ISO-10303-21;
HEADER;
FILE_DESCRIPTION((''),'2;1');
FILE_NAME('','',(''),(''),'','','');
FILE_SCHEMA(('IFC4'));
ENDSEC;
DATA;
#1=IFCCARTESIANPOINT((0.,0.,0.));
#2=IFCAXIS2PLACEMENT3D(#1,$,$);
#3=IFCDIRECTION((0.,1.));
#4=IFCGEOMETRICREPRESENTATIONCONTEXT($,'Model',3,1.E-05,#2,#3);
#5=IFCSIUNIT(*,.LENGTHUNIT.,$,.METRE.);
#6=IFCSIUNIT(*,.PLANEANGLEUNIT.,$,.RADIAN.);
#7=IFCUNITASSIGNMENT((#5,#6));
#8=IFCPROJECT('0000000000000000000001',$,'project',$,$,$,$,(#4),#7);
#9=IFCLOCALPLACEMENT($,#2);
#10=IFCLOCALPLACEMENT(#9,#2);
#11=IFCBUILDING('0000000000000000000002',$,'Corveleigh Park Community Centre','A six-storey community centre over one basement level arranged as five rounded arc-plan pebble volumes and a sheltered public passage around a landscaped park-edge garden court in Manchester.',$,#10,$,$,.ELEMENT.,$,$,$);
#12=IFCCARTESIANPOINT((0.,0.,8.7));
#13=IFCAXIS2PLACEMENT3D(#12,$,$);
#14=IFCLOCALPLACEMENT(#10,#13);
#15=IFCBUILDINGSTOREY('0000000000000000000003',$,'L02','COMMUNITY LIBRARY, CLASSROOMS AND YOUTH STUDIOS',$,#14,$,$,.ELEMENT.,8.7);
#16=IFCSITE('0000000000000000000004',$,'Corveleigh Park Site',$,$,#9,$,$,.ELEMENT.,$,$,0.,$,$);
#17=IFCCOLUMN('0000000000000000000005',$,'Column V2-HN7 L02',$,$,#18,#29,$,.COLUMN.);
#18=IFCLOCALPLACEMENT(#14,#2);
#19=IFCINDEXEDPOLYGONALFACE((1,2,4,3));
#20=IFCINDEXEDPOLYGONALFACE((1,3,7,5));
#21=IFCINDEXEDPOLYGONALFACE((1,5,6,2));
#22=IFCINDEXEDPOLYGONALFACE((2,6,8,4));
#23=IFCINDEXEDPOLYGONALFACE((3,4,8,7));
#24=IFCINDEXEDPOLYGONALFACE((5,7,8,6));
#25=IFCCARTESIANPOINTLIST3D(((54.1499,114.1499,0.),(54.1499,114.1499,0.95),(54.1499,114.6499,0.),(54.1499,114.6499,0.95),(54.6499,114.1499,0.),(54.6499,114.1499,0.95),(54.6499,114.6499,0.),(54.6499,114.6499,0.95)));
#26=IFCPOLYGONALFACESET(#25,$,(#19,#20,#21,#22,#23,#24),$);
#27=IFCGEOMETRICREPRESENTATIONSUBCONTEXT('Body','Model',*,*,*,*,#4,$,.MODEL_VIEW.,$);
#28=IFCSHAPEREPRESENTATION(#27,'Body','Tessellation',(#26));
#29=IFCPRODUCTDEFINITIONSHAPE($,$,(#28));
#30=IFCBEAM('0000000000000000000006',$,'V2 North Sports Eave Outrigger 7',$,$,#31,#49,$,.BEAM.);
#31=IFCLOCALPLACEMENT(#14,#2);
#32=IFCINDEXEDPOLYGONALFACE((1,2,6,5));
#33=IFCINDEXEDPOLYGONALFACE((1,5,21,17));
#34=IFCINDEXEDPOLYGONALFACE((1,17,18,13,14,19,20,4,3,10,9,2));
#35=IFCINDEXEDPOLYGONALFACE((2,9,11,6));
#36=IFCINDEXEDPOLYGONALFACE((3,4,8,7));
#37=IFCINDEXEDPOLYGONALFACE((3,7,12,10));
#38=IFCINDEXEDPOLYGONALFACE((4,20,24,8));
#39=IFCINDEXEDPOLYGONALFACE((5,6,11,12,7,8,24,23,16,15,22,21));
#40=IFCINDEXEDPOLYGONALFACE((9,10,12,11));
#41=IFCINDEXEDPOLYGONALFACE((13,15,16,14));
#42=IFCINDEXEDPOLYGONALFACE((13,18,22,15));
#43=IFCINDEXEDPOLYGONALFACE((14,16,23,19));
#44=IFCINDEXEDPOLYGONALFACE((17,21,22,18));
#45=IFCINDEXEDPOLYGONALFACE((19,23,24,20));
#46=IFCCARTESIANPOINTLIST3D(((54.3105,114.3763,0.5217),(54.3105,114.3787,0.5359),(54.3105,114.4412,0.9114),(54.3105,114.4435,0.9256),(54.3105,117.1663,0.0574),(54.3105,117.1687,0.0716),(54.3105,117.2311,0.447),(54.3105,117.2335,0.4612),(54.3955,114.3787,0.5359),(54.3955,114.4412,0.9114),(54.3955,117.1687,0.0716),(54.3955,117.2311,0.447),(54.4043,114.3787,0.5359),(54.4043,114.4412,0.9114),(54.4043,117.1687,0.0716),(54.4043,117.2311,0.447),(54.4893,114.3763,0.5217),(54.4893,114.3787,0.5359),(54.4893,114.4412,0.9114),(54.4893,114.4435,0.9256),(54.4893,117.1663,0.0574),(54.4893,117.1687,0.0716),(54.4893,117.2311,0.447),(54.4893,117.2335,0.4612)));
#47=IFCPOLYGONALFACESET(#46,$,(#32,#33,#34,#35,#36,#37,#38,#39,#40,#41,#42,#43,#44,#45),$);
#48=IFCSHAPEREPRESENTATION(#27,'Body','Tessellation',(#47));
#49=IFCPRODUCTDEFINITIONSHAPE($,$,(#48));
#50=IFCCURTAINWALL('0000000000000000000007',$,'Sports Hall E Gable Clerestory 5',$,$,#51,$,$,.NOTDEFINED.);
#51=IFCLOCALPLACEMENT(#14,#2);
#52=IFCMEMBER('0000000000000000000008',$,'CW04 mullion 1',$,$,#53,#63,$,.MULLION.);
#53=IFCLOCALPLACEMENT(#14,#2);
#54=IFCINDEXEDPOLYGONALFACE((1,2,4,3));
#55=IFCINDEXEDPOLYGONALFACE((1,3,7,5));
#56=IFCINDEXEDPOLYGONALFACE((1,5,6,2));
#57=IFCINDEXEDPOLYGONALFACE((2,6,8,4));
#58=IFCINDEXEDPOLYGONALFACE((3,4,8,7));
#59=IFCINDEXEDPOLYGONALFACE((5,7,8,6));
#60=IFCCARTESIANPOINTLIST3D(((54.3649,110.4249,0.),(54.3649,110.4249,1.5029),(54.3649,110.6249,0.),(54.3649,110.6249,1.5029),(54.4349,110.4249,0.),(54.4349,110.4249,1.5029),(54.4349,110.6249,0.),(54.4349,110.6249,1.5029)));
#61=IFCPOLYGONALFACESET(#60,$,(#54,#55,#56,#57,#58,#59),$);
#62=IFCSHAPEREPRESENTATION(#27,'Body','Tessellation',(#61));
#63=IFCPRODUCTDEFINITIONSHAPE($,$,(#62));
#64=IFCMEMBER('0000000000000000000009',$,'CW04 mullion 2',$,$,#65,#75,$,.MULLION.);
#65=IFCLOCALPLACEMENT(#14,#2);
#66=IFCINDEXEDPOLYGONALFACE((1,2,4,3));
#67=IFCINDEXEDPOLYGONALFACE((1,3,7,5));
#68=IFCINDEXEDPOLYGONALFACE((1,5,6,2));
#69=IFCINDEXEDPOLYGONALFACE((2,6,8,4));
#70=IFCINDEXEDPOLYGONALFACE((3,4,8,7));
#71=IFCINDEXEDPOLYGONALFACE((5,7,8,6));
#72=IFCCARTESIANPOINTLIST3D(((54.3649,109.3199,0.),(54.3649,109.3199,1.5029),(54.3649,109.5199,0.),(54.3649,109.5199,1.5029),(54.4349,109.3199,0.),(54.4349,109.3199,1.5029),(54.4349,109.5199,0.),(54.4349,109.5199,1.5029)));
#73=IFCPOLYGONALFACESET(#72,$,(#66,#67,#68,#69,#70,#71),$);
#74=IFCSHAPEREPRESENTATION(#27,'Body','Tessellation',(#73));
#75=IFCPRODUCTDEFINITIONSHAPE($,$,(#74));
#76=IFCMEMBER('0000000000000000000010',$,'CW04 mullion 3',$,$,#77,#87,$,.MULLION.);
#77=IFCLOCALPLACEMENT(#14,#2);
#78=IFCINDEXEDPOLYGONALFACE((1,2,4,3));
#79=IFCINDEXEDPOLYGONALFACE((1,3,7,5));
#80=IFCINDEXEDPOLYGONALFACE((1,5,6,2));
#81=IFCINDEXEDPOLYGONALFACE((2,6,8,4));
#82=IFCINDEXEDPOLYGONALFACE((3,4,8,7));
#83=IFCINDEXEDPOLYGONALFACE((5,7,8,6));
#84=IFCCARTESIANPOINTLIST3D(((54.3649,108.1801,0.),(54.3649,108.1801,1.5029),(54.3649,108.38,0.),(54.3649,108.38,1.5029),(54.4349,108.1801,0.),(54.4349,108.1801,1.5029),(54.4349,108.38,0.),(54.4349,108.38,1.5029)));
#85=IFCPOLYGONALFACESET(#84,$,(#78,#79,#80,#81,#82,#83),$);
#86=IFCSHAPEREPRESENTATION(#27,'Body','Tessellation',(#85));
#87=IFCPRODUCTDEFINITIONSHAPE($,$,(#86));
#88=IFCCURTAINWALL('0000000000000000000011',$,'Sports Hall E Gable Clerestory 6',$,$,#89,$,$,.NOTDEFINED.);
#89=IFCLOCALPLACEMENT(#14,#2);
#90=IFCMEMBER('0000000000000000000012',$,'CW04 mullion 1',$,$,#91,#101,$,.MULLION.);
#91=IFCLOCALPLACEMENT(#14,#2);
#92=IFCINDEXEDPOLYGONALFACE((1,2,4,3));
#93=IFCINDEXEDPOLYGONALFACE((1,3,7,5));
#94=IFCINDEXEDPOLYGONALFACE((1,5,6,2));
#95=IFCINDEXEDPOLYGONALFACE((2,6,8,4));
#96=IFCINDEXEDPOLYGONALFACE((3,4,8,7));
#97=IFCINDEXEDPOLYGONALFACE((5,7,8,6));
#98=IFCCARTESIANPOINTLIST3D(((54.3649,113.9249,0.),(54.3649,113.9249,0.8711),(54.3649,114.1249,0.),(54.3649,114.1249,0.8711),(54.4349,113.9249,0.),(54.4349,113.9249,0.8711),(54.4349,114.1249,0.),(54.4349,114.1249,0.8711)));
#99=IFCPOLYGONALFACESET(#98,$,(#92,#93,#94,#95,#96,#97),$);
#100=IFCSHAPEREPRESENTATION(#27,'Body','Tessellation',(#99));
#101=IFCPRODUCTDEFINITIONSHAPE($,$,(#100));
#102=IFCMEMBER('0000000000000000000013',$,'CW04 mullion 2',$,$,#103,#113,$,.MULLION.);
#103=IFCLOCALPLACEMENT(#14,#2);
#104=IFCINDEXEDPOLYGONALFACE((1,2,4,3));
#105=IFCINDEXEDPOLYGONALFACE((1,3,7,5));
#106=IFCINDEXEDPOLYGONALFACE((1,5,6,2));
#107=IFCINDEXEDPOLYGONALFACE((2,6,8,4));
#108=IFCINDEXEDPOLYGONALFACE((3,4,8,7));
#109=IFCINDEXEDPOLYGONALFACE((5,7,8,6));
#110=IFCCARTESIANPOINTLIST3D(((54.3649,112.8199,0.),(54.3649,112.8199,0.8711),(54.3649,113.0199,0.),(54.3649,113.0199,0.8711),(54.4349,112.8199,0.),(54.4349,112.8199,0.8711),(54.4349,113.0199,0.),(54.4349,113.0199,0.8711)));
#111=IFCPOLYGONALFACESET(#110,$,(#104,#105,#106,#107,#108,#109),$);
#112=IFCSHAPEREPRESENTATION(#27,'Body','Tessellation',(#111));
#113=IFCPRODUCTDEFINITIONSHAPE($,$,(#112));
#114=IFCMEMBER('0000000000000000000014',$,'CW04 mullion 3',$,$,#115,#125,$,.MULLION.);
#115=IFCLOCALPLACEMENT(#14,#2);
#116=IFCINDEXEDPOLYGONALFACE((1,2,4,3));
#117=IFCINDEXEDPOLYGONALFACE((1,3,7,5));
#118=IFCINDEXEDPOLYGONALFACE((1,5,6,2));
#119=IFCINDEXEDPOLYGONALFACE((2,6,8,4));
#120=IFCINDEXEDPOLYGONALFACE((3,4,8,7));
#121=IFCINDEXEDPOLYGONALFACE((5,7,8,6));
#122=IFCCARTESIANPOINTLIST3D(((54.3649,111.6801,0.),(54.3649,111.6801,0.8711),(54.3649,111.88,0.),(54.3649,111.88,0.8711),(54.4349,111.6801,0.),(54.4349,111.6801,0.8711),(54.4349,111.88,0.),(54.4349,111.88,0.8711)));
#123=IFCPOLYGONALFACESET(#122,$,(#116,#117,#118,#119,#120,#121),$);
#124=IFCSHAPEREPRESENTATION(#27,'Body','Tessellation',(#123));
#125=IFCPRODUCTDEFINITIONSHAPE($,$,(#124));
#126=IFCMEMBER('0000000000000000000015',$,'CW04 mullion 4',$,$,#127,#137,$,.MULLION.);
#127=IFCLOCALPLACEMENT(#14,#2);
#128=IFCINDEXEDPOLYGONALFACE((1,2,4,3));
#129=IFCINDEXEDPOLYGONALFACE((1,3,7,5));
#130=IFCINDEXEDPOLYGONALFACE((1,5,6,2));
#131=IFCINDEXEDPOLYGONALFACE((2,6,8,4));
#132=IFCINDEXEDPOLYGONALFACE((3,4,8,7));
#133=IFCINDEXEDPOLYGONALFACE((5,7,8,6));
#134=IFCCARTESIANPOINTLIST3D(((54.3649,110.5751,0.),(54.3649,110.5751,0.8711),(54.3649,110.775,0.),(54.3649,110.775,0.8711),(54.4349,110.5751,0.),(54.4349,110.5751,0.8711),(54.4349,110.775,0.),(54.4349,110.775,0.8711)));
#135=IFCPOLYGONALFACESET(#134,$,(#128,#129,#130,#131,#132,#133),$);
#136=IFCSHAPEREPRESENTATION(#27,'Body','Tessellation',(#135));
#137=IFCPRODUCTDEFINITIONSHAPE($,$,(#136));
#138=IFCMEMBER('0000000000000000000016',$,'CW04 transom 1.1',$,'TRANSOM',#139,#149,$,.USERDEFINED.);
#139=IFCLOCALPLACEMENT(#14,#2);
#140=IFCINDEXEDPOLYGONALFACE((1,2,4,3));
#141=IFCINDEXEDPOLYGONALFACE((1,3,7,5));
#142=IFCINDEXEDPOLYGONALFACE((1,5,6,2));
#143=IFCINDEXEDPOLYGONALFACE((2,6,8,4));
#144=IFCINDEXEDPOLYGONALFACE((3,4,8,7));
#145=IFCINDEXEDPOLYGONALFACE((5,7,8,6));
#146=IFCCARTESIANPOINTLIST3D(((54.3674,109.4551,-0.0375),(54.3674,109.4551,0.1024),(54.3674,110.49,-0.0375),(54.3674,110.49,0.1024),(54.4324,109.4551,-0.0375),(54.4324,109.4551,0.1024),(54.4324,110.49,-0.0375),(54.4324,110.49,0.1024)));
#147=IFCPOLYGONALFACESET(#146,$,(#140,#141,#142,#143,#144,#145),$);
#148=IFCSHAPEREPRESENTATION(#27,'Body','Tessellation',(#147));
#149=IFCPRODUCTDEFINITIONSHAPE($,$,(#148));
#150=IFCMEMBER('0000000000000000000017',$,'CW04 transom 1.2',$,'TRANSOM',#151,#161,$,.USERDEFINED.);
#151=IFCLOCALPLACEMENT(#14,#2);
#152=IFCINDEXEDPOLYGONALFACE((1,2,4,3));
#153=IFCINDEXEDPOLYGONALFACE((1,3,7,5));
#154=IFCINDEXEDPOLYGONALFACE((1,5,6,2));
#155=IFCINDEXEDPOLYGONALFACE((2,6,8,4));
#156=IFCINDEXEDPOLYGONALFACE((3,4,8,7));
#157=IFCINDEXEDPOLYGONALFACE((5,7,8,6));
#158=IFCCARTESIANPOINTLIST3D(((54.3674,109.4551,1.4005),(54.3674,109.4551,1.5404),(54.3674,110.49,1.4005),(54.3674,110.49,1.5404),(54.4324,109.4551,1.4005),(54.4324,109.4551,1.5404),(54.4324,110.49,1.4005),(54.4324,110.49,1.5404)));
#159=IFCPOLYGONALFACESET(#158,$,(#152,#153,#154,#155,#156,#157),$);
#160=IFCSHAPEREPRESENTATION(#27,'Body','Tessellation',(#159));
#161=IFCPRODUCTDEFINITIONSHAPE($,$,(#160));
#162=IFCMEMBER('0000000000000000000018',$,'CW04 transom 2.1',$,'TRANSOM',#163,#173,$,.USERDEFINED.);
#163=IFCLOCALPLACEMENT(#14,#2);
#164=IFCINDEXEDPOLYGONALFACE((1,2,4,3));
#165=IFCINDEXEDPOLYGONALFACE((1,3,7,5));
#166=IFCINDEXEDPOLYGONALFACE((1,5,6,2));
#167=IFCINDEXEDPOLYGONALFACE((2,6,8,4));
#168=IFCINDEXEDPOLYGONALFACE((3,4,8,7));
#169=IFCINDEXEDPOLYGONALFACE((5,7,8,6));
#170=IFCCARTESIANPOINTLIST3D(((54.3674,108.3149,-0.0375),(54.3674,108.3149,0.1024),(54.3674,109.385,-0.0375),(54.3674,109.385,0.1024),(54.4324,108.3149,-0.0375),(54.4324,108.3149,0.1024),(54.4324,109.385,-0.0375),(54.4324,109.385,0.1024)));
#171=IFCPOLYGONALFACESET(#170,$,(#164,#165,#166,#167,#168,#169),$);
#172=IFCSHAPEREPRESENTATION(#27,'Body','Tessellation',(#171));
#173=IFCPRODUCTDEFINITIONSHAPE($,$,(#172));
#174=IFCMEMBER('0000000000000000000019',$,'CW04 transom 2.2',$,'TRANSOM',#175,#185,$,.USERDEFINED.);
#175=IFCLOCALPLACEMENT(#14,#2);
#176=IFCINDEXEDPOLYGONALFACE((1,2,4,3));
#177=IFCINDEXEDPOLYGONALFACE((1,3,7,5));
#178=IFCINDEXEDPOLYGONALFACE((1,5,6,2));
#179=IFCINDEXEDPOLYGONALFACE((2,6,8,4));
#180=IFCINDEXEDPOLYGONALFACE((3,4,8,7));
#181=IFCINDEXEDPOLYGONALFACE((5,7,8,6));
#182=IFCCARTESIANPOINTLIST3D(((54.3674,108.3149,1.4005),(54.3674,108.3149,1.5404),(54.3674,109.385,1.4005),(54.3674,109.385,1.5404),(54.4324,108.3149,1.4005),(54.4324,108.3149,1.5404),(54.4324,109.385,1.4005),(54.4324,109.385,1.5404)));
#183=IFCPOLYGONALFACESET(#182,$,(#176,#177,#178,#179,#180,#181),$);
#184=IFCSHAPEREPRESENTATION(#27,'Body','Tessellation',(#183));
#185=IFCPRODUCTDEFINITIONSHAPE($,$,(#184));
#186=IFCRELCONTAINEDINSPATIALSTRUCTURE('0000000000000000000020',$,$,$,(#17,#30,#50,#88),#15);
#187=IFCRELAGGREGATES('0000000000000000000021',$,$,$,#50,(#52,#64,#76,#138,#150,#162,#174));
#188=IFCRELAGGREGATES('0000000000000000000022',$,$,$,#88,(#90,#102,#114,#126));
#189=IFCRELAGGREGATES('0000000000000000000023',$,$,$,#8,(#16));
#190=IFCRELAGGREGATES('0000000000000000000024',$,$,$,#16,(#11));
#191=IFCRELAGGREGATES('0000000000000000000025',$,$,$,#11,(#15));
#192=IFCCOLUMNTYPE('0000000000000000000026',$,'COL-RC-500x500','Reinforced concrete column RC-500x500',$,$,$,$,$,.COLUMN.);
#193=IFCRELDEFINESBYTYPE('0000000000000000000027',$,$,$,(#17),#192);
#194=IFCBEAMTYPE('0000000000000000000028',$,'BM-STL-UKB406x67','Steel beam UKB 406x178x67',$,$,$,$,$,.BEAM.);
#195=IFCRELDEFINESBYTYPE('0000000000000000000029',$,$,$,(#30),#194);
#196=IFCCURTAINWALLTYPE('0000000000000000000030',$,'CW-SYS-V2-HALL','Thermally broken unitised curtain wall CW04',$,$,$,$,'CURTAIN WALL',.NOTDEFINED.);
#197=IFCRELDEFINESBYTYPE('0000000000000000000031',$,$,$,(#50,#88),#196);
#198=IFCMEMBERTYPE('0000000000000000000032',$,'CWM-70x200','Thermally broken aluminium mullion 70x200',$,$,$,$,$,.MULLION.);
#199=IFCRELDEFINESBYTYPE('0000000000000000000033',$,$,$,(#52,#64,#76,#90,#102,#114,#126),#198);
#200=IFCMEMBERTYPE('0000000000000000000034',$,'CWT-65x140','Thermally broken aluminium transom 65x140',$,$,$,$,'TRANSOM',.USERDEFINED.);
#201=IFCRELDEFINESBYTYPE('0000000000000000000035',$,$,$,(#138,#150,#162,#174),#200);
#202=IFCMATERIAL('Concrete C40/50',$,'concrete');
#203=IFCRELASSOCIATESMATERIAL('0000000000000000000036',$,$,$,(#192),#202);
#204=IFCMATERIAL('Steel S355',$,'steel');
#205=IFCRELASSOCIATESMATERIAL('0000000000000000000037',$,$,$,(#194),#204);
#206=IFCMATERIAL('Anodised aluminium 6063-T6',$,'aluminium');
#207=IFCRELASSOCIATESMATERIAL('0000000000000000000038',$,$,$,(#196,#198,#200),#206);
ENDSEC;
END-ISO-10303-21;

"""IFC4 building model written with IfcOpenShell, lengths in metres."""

from ifc_helpers import new_model, si_unit, direction, frame, origin, origin_2d, place, context, subcontext, project, spatial, rectangle, i_section, extrude, material, material_profile, profile_set, type_object, element, aggregate, save


model = new_model("IFC4")

# Units and contexts
model_context = context("Model", 3, precision=1e-05, world=origin(), true_north=direction((0.0, 1.0)))
body_context = subcontext(model_context, "Body", "Model", "MODEL_VIEW")
ifc_project = project(units=[si_unit("LENGTHUNIT", "METRE"), si_unit("PLANEANGLEUNIT", "RADIAN")], contexts=[model_context])

# Site, building, storey
site_placement = place(None, origin())
site = spatial("IfcSite", under=ifc_project, at=site_placement, Name="Corveleigh Park Site", CompositionType="ELEMENT", RefElevation=0.0)
building_placement = place(site_placement, origin())
building = spatial("IfcBuilding", under=site, at=building_placement, Name="Corveleigh Park Community Centre", Description="A six-storey community centre over one basement level arranged as five rounded arc-plan pebble volumes and a sheltered public passage around a landscaped park-edge garden court in Manchester.", CompositionType="ELEMENT")
storey_placement = place(building_placement, frame((0.0, 0.0, 8.7)))
storey = spatial("IfcBuildingStorey", under=building, at=storey_placement, Name="L02", Description="COMMUNITY LIBRARY, CLASSROOMS AND YOUTH STUDIOS", CompositionType="ELEMENT", Elevation=8.7)

# Column
ifc_material_1 = material(Name="Concrete C40/50", Category="concrete")
ifc_material_profile_1 = material_profile(ifc_material_1, rectangle(XDim=0.5, YDim=0.5, at=origin_2d()), Name="RC-500x500", Category="concrete")
ifc_profile_set_1 = profile_set([ifc_material_profile_1], Name="Concrete C40/50")
column_type = type_object("IfcColumnType", Name="COL-RC-500x500", Description="Reinforced concrete column RC-500x500", PredefinedType="COLUMN", material=ifc_profile_set_1)
column_placement = place(storey_placement, frame((54.3999, 114.3999, 0.0), z_axis=(0.0, 0.0, 1.0), x_axis=(1.0, 0.0, 0.0)))
element("IfcColumn", 1, at=column_placement, inside=storey, type_object=column_type, Name="Column V2-HN7 L02", PredefinedType="COLUMN", context=body_context, shape_type="SweptSolid", body=[
    extrude(rectangle(XDim=0.5, YDim=0.5, at=origin_2d()), origin(), (0.0, 0.0, 1.0), 0.95),
])

# Beam
ifc_material_2 = material(Name="Steel S355", Category="steel")
ifc_material_profile_2 = material_profile(ifc_material_2, i_section(OverallWidth=0.1787, OverallDepth=0.4094, WebThickness=0.0088, FlangeThickness=0.0144, at=origin_2d()), Name="UKB 406x178x67", Category="steel")
ifc_profile_set_2 = profile_set([ifc_material_profile_2], Name="Steel S355")
beam_type = type_object("IfcBeamType", Name="BM-STL-UKB406x67", Description="Steel beam UKB 406x178x67", PredefinedType="BEAM", material=ifc_profile_set_2)
beam_placement = place(storey_placement, frame((54.3999, 114.4099, 0.7236), z_axis=(0.0, 0.986431, -0.164175), x_axis=(-1.0, 0.0, 0.0)))
element("IfcBeam", 2, at=beam_placement, inside=storey, type_object=beam_type, Name="V2 North Sports Eave Outrigger 7", PredefinedType="BEAM", context=body_context, shape_type="SweptSolid", body=[
    extrude(i_section(OverallWidth=0.1787, OverallDepth=0.4094, WebThickness=0.0088, FlangeThickness=0.0144, at=origin_2d()), origin(), (0.0, 0.0, 1.0), 2.8284),
])

# Curtain walls, members
ifc_material_3 = material(Name="Anodised aluminium 6063-T6", Category="aluminium")
curtain_wall_type = type_object("IfcCurtainWallType", Name="CW-SYS-V2-HALL", Description="Thermally broken unitised curtain wall CW04", ElementType="CURTAIN WALL", PredefinedType="NOTDEFINED", material=ifc_material_3)
curtain_wall_1_placement = place(storey_placement, origin())
curtain_wall_1 = element("IfcCurtainWall", 3, at=curtain_wall_1_placement, inside=storey, type_object=curtain_wall_type, Name="Sports Hall E Gable Clerestory 5", PredefinedType="NOTDEFINED")
ifc_material_profile_3 = material_profile(ifc_material_3, rectangle(XDim=0.0701, YDim=0.2, at=origin_2d()), Name="ALU-M70x200", Category="aluminium")
ifc_profile_set_3 = profile_set([ifc_material_profile_3], Name="Anodised aluminium 6063-T6")
member_type_1 = type_object("IfcMemberType", Name="CWM-70x200", Description="Thermally broken aluminium mullion 70x200", PredefinedType="MULLION", material=ifc_profile_set_3)
member_1_placement = place(storey_placement, frame((54.3999, 110.5249, 0.0), z_axis=(0.0, 0.0, 1.0), x_axis=(1.0, 0.0, 0.0)))
member_1 = element("IfcMember", 4, at=member_1_placement, type_object=member_type_1, Name="CW04 mullion 1", PredefinedType="MULLION", context=body_context, shape_type="SweptSolid", body=[
    extrude(rectangle(XDim=0.0701, YDim=0.2, at=origin_2d()), origin(), (0.0, 0.0, 1.0), 1.5029),
])
member_2_placement = place(storey_placement, frame((54.3999, 109.4199, 0.0), z_axis=(0.0, 0.0, 1.0), x_axis=(1.0, 0.0, 0.0)))
member_2 = element("IfcMember", 5, at=member_2_placement, type_object=member_type_1, Name="CW04 mullion 2", PredefinedType="MULLION", context=body_context, shape_type="SweptSolid", body=[
    extrude(rectangle(XDim=0.0701, YDim=0.2, at=origin_2d()), origin(), (0.0, 0.0, 1.0), 1.5029),
])
member_3_placement = place(storey_placement, frame((54.3999, 108.28, 0.0), z_axis=(0.0, 0.0, 1.0), x_axis=(1.0, 0.0, 0.0)))
member_3 = element("IfcMember", 6, at=member_3_placement, type_object=member_type_1, Name="CW04 mullion 3", PredefinedType="MULLION", context=body_context, shape_type="SweptSolid", body=[
    extrude(rectangle(XDim=0.0701, YDim=0.2, at=origin_2d()), origin(), (0.0, 0.0, 1.0), 1.5029),
])
curtain_wall_2_placement = place(storey_placement, origin())
curtain_wall_2 = element("IfcCurtainWall", 7, at=curtain_wall_2_placement, inside=storey, type_object=curtain_wall_type, Name="Sports Hall E Gable Clerestory 6", PredefinedType="NOTDEFINED")
member_4_placement = place(storey_placement, frame((54.3999, 114.0249, 0.0), z_axis=(0.0, 0.0, 1.0), x_axis=(1.0, 0.0, 0.0)))
member_4 = element("IfcMember", 8, at=member_4_placement, type_object=member_type_1, Name="CW04 mullion 1", PredefinedType="MULLION", context=body_context, shape_type="SweptSolid", body=[
    extrude(rectangle(XDim=0.0701, YDim=0.2, at=origin_2d()), origin(), (0.0, 0.0, 1.0), 0.8711),
])
member_5_placement = place(storey_placement, frame((54.3999, 112.9199, 0.0), z_axis=(0.0, 0.0, 1.0), x_axis=(1.0, 0.0, 0.0)))
member_5 = element("IfcMember", 9, at=member_5_placement, type_object=member_type_1, Name="CW04 mullion 2", PredefinedType="MULLION", context=body_context, shape_type="SweptSolid", body=[
    extrude(rectangle(XDim=0.0701, YDim=0.2, at=origin_2d()), origin(), (0.0, 0.0, 1.0), 0.8711),
])
member_6_placement = place(storey_placement, frame((54.3999, 111.78, 0.0), z_axis=(0.0, 0.0, 1.0), x_axis=(1.0, 0.0, 0.0)))
member_6 = element("IfcMember", 10, at=member_6_placement, type_object=member_type_1, Name="CW04 mullion 3", PredefinedType="MULLION", context=body_context, shape_type="SweptSolid", body=[
    extrude(rectangle(XDim=0.0701, YDim=0.2, at=origin_2d()), origin(), (0.0, 0.0, 1.0), 0.8711),
])
member_7_placement = place(storey_placement, frame((54.3999, 110.675, 0.0), z_axis=(0.0, 0.0, 1.0), x_axis=(1.0, 0.0, 0.0)))
member_7 = element("IfcMember", 11, at=member_7_placement, type_object=member_type_1, Name="CW04 mullion 4", PredefinedType="MULLION", context=body_context, shape_type="SweptSolid", body=[
    extrude(rectangle(XDim=0.0701, YDim=0.2, at=origin_2d()), origin(), (0.0, 0.0, 1.0), 0.8711),
])

# Members
ifc_material_profile_4 = material_profile(ifc_material_3, rectangle(XDim=0.0649, YDim=0.1399, at=origin_2d()), Name="ALU-T65x140", Category="aluminium")
ifc_profile_set_4 = profile_set([ifc_material_profile_4], Name="Anodised aluminium 6063-T6")
member_type_2 = type_object("IfcMemberType", Name="CWT-65x140", Description="Thermally broken aluminium transom 65x140", ElementType="TRANSOM", PredefinedType="USERDEFINED", material=ifc_profile_set_4)
member_8_placement = place(storey_placement, frame((54.3999, 110.49, 0.0325), z_axis=(0.0, -1.0, 0.0), x_axis=(1.0, 0.0, 0.0)))
member_8 = element("IfcMember", 12, at=member_8_placement, type_object=member_type_2, Name="CW04 transom 1.1", ObjectType="TRANSOM", PredefinedType="USERDEFINED", context=body_context, shape_type="SweptSolid", body=[
    extrude(rectangle(XDim=0.0649, YDim=0.1399, at=origin_2d()), origin(), (0.0, 0.0, 1.0), 1.0349),
])
member_9_placement = place(storey_placement, frame((54.3999, 110.49, 1.4705), z_axis=(0.0, -1.0, 0.0), x_axis=(1.0, 0.0, 0.0)))
member_9 = element("IfcMember", 13, at=member_9_placement, type_object=member_type_2, Name="CW04 transom 1.2", ObjectType="TRANSOM", PredefinedType="USERDEFINED", context=body_context, shape_type="SweptSolid", body=[
    extrude(rectangle(XDim=0.0649, YDim=0.1399, at=origin_2d()), origin(), (0.0, 0.0, 1.0), 1.0349),
])
member_10_placement = place(storey_placement, frame((54.3999, 109.385, 0.0325), z_axis=(0.0, -1.0, 0.0), x_axis=(1.0, 0.0, 0.0)))
member_10 = element("IfcMember", 14, at=member_10_placement, type_object=member_type_2, Name="CW04 transom 2.1", ObjectType="TRANSOM", PredefinedType="USERDEFINED", context=body_context, shape_type="SweptSolid", body=[
    extrude(rectangle(XDim=0.0649, YDim=0.1399, at=origin_2d()), origin(), (0.0, 0.0, 1.0), 1.0701),
])
member_11_placement = place(storey_placement, frame((54.3999, 109.385, 1.4705), z_axis=(0.0, -1.0, 0.0), x_axis=(1.0, 0.0, 0.0)))
member_11 = element("IfcMember", 15, at=member_11_placement, type_object=member_type_2, Name="CW04 transom 2.2", ObjectType="TRANSOM", PredefinedType="USERDEFINED", context=body_context, shape_type="SweptSolid", body=[
    extrude(rectangle(XDim=0.0649, YDim=0.1399, at=origin_2d()), origin(), (0.0, 0.0, 1.0), 1.0701),
])

aggregate(curtain_wall_1, [member_1, member_2, member_3, member_8, member_9, member_10, member_11])
aggregate(curtain_wall_2, [member_4, member_5, member_6, member_7])

save(model, "model.ifc")
